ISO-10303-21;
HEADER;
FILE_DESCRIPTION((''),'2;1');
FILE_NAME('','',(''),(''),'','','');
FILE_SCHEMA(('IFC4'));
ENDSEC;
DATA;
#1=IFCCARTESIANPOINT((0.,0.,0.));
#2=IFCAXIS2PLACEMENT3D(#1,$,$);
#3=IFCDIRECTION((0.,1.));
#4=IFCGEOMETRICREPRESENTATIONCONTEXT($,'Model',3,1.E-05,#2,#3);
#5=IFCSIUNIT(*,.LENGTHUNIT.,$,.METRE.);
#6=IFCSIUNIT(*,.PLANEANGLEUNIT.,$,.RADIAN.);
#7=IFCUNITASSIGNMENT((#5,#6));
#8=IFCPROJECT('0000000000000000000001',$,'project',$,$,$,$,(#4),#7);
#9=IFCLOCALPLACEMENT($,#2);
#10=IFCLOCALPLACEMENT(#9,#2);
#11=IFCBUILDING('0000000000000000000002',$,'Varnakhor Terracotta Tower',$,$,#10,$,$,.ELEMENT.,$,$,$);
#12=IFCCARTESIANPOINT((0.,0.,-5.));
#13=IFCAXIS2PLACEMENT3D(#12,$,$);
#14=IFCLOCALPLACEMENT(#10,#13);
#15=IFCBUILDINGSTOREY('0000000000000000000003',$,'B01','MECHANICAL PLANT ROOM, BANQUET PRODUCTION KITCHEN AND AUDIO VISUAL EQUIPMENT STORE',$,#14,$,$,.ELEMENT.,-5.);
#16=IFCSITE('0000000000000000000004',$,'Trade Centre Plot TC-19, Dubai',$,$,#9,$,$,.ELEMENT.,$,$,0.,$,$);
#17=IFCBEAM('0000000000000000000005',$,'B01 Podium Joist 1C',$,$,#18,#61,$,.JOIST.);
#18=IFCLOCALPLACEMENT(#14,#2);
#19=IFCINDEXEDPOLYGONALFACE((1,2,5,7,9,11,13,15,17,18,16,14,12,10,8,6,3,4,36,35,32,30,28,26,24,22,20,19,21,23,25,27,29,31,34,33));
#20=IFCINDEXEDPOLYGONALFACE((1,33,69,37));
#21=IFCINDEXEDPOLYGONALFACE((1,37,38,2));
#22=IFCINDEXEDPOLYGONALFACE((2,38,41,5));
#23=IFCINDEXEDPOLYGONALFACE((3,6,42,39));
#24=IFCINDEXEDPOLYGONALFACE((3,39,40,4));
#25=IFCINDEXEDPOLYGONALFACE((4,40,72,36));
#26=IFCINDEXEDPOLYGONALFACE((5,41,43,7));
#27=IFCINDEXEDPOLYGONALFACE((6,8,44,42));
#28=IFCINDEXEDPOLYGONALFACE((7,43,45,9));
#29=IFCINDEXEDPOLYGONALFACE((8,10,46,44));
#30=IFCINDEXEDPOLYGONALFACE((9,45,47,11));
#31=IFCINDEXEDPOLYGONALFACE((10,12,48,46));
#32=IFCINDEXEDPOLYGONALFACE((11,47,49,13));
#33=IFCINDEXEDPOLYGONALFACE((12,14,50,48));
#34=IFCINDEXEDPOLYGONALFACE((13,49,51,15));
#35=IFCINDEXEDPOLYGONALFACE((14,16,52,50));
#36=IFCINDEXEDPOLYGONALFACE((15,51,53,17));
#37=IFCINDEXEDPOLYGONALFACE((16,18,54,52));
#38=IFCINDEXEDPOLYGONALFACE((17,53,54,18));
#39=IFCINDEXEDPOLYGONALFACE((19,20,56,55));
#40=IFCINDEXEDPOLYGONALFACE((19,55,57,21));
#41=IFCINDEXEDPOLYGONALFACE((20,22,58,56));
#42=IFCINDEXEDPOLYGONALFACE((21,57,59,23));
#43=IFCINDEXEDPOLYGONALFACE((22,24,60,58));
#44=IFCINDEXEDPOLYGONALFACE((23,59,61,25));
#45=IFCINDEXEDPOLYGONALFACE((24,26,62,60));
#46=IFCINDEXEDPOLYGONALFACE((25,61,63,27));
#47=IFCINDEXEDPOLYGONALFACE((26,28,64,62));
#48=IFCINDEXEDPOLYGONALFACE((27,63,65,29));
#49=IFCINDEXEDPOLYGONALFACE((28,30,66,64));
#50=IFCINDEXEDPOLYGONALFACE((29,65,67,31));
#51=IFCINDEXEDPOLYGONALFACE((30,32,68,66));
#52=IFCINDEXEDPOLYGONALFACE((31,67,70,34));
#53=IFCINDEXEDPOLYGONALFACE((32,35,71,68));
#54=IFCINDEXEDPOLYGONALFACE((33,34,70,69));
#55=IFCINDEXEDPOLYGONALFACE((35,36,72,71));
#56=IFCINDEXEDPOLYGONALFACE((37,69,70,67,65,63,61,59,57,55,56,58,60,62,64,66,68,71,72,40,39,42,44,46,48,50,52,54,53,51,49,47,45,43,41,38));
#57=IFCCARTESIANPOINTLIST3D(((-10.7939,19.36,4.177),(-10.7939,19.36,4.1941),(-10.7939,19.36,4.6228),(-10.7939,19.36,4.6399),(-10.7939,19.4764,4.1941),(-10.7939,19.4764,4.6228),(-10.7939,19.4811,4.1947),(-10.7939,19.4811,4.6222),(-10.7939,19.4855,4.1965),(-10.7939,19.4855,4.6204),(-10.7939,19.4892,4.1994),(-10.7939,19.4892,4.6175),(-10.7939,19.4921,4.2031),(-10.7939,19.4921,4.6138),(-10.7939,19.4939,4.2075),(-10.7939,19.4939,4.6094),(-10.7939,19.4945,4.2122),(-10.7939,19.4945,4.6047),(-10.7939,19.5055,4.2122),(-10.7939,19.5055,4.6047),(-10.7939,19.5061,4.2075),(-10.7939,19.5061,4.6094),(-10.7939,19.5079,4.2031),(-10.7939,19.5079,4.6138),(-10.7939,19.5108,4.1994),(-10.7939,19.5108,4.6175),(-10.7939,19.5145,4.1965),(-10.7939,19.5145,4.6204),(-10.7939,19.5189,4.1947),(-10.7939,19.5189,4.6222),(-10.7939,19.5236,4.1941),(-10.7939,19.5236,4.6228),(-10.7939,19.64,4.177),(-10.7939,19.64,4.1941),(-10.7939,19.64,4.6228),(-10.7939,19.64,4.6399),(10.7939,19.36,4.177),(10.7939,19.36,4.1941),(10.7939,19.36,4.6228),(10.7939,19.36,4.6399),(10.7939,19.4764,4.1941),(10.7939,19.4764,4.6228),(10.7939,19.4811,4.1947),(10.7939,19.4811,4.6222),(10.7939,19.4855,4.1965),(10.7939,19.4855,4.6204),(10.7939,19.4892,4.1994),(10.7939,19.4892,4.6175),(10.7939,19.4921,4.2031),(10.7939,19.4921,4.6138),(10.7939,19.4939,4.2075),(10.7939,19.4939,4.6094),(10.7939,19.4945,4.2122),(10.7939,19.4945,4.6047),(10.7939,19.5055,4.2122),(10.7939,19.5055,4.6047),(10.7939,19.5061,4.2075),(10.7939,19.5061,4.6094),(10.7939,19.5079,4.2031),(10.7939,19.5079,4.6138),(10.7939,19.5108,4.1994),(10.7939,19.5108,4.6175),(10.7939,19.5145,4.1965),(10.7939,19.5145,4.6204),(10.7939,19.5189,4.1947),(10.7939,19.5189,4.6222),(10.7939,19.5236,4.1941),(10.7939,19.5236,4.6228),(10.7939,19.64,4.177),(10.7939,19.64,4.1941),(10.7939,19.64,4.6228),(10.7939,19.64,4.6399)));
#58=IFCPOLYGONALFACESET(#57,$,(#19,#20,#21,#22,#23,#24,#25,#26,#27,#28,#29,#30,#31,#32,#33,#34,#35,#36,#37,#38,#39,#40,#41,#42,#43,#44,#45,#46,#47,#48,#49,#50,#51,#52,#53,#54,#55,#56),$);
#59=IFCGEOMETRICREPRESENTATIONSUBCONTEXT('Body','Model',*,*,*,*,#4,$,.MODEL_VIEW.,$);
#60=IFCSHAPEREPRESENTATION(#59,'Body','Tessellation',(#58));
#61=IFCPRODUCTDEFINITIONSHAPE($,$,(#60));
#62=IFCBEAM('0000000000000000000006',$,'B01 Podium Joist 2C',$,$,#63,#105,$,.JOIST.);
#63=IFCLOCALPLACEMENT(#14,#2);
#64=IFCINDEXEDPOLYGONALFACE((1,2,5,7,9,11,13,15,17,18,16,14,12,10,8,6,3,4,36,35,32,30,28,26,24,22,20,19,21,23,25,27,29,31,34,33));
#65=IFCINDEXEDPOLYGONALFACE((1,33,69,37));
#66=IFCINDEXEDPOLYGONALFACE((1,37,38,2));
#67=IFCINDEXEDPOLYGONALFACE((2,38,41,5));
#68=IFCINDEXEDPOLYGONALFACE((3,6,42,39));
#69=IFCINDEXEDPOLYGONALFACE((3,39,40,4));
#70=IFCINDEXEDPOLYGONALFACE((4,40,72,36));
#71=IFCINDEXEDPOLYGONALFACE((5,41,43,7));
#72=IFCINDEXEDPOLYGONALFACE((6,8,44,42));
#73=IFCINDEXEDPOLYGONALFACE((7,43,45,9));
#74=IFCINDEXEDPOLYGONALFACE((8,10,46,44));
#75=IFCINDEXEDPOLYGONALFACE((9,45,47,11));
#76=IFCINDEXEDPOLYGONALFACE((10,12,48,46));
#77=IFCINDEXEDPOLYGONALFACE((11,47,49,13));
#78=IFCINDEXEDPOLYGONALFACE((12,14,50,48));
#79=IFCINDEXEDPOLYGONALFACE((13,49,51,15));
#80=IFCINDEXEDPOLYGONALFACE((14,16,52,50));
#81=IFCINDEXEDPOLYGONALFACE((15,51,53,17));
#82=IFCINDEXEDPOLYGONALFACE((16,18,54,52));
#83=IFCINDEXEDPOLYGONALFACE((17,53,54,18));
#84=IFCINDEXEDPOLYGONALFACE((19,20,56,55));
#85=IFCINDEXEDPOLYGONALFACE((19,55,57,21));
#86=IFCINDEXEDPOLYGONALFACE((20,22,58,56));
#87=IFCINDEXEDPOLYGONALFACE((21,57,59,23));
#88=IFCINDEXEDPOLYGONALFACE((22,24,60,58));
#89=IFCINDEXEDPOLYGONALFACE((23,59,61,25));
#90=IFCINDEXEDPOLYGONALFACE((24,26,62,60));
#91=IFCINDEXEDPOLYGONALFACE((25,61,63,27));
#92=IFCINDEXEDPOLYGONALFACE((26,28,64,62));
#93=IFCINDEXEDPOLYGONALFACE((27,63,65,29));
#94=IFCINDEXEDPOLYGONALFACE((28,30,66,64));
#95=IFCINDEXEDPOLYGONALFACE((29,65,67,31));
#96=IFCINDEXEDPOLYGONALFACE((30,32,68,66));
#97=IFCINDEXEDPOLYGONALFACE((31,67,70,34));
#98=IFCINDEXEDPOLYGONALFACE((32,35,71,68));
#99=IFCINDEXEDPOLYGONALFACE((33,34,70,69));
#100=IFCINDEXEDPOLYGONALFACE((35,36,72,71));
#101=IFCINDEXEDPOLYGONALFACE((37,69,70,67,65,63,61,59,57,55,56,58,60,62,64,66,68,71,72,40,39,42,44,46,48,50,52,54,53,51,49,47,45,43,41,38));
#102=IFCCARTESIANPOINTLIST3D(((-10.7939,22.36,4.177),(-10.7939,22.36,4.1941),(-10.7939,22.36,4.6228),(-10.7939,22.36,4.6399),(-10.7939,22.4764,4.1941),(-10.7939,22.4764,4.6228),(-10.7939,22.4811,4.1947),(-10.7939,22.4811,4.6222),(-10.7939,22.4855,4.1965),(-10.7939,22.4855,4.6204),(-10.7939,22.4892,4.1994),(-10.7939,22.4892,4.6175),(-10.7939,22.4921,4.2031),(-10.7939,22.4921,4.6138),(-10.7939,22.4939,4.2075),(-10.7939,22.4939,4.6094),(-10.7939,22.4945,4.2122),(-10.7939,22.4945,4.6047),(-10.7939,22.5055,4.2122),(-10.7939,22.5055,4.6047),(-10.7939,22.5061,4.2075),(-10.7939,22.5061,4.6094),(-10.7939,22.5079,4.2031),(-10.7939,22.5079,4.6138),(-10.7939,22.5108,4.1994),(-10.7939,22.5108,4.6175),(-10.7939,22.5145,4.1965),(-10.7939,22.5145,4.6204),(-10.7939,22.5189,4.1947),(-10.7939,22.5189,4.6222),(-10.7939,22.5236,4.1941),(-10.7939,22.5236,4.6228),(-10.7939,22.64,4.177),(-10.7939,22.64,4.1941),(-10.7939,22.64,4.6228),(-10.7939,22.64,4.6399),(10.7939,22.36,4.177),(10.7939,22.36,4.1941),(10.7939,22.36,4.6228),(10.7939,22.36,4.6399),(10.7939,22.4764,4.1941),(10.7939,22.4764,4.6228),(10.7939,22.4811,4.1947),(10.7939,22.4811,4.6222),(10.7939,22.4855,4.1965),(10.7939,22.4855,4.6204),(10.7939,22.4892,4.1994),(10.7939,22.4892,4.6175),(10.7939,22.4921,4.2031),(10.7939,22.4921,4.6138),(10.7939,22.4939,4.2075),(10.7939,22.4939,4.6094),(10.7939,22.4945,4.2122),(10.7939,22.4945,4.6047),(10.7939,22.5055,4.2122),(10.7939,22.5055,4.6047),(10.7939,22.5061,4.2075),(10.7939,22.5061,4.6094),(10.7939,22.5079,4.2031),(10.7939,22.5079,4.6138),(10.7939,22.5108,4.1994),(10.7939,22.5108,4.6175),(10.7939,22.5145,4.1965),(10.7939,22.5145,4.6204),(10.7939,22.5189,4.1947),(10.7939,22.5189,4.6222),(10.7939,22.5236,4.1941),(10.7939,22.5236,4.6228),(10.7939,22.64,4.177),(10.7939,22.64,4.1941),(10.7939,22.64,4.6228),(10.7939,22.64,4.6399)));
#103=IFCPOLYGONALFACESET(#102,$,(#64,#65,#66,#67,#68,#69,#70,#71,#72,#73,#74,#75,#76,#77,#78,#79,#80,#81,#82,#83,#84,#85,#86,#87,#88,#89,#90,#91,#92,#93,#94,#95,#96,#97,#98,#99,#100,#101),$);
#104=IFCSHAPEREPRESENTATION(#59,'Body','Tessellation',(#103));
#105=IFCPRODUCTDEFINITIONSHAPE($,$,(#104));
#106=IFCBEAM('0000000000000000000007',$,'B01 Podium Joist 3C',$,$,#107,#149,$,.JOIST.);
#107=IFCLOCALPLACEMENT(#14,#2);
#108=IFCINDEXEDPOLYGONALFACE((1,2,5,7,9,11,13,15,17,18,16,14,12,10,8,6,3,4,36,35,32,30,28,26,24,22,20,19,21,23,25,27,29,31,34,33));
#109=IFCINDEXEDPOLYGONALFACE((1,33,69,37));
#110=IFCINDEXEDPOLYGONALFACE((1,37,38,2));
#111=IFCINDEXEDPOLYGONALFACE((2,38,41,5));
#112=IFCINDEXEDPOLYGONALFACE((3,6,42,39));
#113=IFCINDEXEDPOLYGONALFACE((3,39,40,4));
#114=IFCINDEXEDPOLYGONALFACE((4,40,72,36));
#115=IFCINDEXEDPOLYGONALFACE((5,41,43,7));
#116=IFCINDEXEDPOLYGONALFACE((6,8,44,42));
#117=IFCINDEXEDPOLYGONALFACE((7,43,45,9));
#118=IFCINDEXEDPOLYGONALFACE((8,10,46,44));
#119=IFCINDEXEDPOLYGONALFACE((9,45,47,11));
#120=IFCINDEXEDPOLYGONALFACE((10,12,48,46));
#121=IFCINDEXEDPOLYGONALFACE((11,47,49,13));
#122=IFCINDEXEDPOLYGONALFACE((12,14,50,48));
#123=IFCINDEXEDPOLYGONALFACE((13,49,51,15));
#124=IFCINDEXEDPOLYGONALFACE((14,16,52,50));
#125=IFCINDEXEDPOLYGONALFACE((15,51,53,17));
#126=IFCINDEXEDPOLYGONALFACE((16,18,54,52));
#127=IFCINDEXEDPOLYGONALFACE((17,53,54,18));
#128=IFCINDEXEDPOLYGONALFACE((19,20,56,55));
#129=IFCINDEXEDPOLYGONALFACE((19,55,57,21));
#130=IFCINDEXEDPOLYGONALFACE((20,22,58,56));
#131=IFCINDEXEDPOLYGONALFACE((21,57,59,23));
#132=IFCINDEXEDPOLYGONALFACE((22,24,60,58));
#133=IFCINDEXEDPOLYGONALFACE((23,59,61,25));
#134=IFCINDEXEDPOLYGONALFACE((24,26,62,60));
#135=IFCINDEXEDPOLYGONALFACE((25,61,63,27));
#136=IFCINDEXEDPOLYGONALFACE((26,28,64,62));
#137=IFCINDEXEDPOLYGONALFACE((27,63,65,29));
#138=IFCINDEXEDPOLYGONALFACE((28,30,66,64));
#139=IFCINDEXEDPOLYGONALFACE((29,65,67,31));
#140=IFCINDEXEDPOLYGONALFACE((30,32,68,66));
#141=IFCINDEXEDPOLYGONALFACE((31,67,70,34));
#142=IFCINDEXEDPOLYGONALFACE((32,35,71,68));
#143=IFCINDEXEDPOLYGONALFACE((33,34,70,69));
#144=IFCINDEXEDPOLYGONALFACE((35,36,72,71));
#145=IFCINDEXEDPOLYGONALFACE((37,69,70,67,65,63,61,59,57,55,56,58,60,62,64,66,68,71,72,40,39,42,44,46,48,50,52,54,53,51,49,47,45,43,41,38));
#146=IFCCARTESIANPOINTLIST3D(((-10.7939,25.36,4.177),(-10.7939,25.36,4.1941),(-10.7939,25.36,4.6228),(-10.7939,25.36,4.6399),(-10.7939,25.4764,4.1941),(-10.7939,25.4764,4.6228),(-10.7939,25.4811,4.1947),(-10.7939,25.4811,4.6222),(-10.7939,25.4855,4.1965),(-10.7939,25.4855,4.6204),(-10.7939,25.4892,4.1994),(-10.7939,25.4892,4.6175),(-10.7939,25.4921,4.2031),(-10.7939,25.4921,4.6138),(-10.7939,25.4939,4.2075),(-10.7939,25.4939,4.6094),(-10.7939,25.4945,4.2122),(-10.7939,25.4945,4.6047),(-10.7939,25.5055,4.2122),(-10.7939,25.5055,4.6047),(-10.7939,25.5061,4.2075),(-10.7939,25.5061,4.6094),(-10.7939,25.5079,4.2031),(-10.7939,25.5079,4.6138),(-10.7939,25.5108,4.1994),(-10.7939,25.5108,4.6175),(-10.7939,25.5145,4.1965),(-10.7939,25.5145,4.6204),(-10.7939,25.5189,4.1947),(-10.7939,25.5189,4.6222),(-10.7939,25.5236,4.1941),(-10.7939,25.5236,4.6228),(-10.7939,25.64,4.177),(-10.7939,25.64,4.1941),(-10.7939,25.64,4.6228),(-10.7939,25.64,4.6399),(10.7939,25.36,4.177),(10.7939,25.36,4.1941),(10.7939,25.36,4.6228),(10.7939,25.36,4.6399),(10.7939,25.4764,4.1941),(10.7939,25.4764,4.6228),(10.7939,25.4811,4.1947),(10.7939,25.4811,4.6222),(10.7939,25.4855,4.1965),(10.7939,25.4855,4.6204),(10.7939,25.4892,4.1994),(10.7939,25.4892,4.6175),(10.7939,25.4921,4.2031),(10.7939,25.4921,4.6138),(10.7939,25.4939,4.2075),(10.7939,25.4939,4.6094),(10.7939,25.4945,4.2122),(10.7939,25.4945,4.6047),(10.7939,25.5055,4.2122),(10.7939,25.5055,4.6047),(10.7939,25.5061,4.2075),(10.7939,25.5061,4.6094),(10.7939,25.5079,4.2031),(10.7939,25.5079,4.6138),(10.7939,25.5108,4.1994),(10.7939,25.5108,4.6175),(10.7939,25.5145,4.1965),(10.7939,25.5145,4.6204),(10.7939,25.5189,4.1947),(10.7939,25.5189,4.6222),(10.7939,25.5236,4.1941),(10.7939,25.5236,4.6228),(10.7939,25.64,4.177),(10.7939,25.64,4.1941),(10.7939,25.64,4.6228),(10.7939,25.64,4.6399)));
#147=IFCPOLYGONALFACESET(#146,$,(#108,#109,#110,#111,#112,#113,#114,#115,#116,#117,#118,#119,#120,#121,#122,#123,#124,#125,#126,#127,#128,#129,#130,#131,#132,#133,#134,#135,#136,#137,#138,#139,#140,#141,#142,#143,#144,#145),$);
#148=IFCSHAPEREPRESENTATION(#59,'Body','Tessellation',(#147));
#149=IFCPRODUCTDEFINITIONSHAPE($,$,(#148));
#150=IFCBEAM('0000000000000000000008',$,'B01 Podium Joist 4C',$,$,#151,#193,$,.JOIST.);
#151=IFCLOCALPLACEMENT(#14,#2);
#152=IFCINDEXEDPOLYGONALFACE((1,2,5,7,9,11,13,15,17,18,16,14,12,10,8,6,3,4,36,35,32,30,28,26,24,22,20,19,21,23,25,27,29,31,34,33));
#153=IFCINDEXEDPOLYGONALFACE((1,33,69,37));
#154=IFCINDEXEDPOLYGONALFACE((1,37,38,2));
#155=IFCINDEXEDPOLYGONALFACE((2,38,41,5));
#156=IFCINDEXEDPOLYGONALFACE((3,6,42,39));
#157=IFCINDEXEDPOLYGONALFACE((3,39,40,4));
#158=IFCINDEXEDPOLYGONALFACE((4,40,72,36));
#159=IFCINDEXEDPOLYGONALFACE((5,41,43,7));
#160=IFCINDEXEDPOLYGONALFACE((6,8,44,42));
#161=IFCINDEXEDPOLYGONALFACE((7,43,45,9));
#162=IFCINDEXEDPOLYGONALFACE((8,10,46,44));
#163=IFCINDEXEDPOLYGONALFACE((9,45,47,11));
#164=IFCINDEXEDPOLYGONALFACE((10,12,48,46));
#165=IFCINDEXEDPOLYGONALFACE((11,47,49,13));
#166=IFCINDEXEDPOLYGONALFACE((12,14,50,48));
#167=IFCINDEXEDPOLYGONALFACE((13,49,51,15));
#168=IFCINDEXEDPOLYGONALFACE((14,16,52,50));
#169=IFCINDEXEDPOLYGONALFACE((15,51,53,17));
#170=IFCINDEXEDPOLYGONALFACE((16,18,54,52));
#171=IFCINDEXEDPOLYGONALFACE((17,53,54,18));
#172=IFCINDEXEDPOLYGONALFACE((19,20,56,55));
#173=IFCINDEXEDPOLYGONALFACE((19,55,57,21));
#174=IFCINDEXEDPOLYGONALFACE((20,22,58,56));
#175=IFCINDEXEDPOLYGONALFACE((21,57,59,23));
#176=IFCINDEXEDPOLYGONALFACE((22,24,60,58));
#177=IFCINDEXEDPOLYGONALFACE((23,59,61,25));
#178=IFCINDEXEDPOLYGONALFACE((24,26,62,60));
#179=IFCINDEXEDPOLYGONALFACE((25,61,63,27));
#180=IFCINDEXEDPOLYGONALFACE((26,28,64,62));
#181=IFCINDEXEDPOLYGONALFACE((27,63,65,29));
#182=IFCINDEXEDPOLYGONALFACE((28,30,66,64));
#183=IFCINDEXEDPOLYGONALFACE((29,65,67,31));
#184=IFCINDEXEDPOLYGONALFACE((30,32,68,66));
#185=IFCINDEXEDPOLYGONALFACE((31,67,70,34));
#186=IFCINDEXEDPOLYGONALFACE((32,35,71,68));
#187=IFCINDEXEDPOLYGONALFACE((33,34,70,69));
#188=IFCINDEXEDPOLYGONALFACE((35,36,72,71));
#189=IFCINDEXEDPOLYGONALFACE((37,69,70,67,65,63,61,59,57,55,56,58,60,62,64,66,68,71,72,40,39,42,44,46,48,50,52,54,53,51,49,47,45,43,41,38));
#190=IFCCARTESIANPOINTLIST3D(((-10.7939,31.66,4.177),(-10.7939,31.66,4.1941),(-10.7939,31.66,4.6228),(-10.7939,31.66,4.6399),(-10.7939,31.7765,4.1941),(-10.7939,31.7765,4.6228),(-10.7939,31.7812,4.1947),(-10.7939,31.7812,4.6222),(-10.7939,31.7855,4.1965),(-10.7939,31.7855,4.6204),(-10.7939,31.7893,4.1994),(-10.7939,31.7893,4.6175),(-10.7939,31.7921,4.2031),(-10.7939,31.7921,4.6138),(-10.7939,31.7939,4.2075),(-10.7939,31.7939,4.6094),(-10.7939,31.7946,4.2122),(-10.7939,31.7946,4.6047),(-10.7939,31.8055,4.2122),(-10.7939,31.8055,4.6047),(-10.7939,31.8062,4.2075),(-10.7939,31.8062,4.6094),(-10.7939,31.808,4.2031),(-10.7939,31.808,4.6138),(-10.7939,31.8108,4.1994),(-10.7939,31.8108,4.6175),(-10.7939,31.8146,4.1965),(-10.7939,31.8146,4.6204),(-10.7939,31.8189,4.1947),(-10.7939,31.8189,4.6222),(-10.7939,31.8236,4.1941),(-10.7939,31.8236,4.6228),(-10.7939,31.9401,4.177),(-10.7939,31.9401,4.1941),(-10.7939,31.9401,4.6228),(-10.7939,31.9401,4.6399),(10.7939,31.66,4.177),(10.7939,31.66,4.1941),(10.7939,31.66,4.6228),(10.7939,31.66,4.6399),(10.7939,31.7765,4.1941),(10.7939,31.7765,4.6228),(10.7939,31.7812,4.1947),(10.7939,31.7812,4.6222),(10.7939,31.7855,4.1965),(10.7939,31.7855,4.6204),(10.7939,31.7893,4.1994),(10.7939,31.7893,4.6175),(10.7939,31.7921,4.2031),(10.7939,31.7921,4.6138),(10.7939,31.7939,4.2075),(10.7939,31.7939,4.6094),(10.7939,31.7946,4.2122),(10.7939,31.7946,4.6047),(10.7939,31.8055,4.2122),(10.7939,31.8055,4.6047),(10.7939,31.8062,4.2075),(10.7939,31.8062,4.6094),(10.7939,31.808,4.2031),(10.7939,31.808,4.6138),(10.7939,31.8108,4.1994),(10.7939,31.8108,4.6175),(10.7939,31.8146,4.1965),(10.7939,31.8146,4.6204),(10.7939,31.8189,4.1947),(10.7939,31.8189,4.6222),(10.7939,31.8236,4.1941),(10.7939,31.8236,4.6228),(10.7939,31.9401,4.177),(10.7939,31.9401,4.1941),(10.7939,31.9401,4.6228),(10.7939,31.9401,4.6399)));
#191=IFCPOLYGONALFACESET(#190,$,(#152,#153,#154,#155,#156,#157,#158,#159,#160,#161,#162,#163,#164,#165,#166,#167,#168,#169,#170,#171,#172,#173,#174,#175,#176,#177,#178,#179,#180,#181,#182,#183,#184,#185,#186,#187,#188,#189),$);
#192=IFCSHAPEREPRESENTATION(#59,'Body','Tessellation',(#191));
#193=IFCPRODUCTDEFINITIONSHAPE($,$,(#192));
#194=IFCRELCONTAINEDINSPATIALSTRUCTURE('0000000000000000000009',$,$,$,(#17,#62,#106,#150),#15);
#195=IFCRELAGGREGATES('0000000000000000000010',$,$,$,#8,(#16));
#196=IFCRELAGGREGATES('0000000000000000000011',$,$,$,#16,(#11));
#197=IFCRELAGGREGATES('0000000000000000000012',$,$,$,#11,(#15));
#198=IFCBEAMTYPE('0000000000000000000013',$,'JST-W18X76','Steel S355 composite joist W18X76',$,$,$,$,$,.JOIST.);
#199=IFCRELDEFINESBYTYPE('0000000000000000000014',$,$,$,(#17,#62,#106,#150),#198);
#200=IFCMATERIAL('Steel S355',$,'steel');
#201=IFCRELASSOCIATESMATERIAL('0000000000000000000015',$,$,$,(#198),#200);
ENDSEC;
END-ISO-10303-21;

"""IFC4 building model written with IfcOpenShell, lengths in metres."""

from ifc_helpers import new_model, si_unit, direction, frame, origin, origin_2d, place, context, subcontext, project, spatial, i_section, extrude, source, transform, mapped, material, material_profile, profile_set, type_object, element, save


model = new_model("IFC4")

# Units and contexts
model_context = context("Model", 3, precision=1e-05, world=origin(), true_north=direction((0.0, 1.0)))
body_context = subcontext(model_context, "Body", "Model", "MODEL_VIEW")
ifc_project = project(units=[si_unit("LENGTHUNIT", "METRE"), si_unit("PLANEANGLEUNIT", "RADIAN")], contexts=[model_context])

# Site, building, storey
site_placement = place(None, origin())
site = spatial("IfcSite", under=ifc_project, at=site_placement, Name="Trade Centre Plot TC-19, Dubai", CompositionType="ELEMENT", RefElevation=0.0)
building_placement = place(site_placement, origin())
building = spatial("IfcBuilding", under=site, at=building_placement, Name="Varnakhor Terracotta Tower", CompositionType="ELEMENT")
storey_placement = place(building_placement, frame((0.0, 0.0, -5.0)))
storey = spatial("IfcBuildingStorey", under=building, at=storey_placement, Name="B01", Description="MECHANICAL PLANT ROOM, BANQUET PRODUCTION KITCHEN AND AUDIO VISUAL EQUIPMENT STORE", CompositionType="ELEMENT", Elevation=-5.0)

# Shared definitions
ifc_material_1 = material(Name="Steel S355", Category="steel")

# Beams
ifc_material_profile_1 = material_profile(ifc_material_1, i_section(OverallWidth=0.28, OverallDepth=0.4629, WebThickness=0.011, FlangeThickness=0.0171, FilletRadius=0.0181, at=origin_2d()), Name="W18X76")
ifc_profile_set_1 = profile_set([ifc_material_profile_1], Name="Steel S355")
beam_type_1 = type_object("IfcBeamType", Name="JST-W18X76", Description="Steel S355 composite joist W18X76", PredefinedType="JOIST", material=ifc_profile_set_1)
shared_shape_1 = source(origin(), body_context, "Body", "SweptSolid", [
    extrude(i_section(OverallWidth=0.28, OverallDepth=0.4629, WebThickness=0.011, FlangeThickness=0.0171, FilletRadius=0.0181, at=origin_2d()), origin(), (0.0, 0.0, 1.0), 21.5879),
])
for number, where, z_axis, x_axis, name in (
    (1, (-10.7939, 19.5, 4.4084), (1.0, 0.0, 0.0), (0.0, 1.0, 0.0), "B01 Podium Joist 1C"),
    (2, (-10.7939, 22.5, 4.4084), (1.0, 0.0, 0.0), (0.0, 1.0, 0.0), "B01 Podium Joist 2C"),
    (3, (-10.7939, 25.5, 4.4084), (1.0, 0.0, 0.0), (0.0, 1.0, 0.0), "B01 Podium Joist 3C"),
    (4, (-10.7939, 31.8, 4.4084), (1.0, 0.0, 0.0), (0.0, 1.0, 0.0), "B01 Podium Joist 4C"),
):
    element("IfcBeam", number, at=place(storey_placement, frame(where, z_axis=z_axis, x_axis=x_axis)), inside=storey, type_object=beam_type_1, Name=name, PredefinedType="JOIST", context=body_context, shape_type="MappedRepresentation", body=[
        mapped(shared_shape_1, transform((0.0, 0.0, 0.0), scale=1.0)),
    ])

save(model, "model.ifc")
